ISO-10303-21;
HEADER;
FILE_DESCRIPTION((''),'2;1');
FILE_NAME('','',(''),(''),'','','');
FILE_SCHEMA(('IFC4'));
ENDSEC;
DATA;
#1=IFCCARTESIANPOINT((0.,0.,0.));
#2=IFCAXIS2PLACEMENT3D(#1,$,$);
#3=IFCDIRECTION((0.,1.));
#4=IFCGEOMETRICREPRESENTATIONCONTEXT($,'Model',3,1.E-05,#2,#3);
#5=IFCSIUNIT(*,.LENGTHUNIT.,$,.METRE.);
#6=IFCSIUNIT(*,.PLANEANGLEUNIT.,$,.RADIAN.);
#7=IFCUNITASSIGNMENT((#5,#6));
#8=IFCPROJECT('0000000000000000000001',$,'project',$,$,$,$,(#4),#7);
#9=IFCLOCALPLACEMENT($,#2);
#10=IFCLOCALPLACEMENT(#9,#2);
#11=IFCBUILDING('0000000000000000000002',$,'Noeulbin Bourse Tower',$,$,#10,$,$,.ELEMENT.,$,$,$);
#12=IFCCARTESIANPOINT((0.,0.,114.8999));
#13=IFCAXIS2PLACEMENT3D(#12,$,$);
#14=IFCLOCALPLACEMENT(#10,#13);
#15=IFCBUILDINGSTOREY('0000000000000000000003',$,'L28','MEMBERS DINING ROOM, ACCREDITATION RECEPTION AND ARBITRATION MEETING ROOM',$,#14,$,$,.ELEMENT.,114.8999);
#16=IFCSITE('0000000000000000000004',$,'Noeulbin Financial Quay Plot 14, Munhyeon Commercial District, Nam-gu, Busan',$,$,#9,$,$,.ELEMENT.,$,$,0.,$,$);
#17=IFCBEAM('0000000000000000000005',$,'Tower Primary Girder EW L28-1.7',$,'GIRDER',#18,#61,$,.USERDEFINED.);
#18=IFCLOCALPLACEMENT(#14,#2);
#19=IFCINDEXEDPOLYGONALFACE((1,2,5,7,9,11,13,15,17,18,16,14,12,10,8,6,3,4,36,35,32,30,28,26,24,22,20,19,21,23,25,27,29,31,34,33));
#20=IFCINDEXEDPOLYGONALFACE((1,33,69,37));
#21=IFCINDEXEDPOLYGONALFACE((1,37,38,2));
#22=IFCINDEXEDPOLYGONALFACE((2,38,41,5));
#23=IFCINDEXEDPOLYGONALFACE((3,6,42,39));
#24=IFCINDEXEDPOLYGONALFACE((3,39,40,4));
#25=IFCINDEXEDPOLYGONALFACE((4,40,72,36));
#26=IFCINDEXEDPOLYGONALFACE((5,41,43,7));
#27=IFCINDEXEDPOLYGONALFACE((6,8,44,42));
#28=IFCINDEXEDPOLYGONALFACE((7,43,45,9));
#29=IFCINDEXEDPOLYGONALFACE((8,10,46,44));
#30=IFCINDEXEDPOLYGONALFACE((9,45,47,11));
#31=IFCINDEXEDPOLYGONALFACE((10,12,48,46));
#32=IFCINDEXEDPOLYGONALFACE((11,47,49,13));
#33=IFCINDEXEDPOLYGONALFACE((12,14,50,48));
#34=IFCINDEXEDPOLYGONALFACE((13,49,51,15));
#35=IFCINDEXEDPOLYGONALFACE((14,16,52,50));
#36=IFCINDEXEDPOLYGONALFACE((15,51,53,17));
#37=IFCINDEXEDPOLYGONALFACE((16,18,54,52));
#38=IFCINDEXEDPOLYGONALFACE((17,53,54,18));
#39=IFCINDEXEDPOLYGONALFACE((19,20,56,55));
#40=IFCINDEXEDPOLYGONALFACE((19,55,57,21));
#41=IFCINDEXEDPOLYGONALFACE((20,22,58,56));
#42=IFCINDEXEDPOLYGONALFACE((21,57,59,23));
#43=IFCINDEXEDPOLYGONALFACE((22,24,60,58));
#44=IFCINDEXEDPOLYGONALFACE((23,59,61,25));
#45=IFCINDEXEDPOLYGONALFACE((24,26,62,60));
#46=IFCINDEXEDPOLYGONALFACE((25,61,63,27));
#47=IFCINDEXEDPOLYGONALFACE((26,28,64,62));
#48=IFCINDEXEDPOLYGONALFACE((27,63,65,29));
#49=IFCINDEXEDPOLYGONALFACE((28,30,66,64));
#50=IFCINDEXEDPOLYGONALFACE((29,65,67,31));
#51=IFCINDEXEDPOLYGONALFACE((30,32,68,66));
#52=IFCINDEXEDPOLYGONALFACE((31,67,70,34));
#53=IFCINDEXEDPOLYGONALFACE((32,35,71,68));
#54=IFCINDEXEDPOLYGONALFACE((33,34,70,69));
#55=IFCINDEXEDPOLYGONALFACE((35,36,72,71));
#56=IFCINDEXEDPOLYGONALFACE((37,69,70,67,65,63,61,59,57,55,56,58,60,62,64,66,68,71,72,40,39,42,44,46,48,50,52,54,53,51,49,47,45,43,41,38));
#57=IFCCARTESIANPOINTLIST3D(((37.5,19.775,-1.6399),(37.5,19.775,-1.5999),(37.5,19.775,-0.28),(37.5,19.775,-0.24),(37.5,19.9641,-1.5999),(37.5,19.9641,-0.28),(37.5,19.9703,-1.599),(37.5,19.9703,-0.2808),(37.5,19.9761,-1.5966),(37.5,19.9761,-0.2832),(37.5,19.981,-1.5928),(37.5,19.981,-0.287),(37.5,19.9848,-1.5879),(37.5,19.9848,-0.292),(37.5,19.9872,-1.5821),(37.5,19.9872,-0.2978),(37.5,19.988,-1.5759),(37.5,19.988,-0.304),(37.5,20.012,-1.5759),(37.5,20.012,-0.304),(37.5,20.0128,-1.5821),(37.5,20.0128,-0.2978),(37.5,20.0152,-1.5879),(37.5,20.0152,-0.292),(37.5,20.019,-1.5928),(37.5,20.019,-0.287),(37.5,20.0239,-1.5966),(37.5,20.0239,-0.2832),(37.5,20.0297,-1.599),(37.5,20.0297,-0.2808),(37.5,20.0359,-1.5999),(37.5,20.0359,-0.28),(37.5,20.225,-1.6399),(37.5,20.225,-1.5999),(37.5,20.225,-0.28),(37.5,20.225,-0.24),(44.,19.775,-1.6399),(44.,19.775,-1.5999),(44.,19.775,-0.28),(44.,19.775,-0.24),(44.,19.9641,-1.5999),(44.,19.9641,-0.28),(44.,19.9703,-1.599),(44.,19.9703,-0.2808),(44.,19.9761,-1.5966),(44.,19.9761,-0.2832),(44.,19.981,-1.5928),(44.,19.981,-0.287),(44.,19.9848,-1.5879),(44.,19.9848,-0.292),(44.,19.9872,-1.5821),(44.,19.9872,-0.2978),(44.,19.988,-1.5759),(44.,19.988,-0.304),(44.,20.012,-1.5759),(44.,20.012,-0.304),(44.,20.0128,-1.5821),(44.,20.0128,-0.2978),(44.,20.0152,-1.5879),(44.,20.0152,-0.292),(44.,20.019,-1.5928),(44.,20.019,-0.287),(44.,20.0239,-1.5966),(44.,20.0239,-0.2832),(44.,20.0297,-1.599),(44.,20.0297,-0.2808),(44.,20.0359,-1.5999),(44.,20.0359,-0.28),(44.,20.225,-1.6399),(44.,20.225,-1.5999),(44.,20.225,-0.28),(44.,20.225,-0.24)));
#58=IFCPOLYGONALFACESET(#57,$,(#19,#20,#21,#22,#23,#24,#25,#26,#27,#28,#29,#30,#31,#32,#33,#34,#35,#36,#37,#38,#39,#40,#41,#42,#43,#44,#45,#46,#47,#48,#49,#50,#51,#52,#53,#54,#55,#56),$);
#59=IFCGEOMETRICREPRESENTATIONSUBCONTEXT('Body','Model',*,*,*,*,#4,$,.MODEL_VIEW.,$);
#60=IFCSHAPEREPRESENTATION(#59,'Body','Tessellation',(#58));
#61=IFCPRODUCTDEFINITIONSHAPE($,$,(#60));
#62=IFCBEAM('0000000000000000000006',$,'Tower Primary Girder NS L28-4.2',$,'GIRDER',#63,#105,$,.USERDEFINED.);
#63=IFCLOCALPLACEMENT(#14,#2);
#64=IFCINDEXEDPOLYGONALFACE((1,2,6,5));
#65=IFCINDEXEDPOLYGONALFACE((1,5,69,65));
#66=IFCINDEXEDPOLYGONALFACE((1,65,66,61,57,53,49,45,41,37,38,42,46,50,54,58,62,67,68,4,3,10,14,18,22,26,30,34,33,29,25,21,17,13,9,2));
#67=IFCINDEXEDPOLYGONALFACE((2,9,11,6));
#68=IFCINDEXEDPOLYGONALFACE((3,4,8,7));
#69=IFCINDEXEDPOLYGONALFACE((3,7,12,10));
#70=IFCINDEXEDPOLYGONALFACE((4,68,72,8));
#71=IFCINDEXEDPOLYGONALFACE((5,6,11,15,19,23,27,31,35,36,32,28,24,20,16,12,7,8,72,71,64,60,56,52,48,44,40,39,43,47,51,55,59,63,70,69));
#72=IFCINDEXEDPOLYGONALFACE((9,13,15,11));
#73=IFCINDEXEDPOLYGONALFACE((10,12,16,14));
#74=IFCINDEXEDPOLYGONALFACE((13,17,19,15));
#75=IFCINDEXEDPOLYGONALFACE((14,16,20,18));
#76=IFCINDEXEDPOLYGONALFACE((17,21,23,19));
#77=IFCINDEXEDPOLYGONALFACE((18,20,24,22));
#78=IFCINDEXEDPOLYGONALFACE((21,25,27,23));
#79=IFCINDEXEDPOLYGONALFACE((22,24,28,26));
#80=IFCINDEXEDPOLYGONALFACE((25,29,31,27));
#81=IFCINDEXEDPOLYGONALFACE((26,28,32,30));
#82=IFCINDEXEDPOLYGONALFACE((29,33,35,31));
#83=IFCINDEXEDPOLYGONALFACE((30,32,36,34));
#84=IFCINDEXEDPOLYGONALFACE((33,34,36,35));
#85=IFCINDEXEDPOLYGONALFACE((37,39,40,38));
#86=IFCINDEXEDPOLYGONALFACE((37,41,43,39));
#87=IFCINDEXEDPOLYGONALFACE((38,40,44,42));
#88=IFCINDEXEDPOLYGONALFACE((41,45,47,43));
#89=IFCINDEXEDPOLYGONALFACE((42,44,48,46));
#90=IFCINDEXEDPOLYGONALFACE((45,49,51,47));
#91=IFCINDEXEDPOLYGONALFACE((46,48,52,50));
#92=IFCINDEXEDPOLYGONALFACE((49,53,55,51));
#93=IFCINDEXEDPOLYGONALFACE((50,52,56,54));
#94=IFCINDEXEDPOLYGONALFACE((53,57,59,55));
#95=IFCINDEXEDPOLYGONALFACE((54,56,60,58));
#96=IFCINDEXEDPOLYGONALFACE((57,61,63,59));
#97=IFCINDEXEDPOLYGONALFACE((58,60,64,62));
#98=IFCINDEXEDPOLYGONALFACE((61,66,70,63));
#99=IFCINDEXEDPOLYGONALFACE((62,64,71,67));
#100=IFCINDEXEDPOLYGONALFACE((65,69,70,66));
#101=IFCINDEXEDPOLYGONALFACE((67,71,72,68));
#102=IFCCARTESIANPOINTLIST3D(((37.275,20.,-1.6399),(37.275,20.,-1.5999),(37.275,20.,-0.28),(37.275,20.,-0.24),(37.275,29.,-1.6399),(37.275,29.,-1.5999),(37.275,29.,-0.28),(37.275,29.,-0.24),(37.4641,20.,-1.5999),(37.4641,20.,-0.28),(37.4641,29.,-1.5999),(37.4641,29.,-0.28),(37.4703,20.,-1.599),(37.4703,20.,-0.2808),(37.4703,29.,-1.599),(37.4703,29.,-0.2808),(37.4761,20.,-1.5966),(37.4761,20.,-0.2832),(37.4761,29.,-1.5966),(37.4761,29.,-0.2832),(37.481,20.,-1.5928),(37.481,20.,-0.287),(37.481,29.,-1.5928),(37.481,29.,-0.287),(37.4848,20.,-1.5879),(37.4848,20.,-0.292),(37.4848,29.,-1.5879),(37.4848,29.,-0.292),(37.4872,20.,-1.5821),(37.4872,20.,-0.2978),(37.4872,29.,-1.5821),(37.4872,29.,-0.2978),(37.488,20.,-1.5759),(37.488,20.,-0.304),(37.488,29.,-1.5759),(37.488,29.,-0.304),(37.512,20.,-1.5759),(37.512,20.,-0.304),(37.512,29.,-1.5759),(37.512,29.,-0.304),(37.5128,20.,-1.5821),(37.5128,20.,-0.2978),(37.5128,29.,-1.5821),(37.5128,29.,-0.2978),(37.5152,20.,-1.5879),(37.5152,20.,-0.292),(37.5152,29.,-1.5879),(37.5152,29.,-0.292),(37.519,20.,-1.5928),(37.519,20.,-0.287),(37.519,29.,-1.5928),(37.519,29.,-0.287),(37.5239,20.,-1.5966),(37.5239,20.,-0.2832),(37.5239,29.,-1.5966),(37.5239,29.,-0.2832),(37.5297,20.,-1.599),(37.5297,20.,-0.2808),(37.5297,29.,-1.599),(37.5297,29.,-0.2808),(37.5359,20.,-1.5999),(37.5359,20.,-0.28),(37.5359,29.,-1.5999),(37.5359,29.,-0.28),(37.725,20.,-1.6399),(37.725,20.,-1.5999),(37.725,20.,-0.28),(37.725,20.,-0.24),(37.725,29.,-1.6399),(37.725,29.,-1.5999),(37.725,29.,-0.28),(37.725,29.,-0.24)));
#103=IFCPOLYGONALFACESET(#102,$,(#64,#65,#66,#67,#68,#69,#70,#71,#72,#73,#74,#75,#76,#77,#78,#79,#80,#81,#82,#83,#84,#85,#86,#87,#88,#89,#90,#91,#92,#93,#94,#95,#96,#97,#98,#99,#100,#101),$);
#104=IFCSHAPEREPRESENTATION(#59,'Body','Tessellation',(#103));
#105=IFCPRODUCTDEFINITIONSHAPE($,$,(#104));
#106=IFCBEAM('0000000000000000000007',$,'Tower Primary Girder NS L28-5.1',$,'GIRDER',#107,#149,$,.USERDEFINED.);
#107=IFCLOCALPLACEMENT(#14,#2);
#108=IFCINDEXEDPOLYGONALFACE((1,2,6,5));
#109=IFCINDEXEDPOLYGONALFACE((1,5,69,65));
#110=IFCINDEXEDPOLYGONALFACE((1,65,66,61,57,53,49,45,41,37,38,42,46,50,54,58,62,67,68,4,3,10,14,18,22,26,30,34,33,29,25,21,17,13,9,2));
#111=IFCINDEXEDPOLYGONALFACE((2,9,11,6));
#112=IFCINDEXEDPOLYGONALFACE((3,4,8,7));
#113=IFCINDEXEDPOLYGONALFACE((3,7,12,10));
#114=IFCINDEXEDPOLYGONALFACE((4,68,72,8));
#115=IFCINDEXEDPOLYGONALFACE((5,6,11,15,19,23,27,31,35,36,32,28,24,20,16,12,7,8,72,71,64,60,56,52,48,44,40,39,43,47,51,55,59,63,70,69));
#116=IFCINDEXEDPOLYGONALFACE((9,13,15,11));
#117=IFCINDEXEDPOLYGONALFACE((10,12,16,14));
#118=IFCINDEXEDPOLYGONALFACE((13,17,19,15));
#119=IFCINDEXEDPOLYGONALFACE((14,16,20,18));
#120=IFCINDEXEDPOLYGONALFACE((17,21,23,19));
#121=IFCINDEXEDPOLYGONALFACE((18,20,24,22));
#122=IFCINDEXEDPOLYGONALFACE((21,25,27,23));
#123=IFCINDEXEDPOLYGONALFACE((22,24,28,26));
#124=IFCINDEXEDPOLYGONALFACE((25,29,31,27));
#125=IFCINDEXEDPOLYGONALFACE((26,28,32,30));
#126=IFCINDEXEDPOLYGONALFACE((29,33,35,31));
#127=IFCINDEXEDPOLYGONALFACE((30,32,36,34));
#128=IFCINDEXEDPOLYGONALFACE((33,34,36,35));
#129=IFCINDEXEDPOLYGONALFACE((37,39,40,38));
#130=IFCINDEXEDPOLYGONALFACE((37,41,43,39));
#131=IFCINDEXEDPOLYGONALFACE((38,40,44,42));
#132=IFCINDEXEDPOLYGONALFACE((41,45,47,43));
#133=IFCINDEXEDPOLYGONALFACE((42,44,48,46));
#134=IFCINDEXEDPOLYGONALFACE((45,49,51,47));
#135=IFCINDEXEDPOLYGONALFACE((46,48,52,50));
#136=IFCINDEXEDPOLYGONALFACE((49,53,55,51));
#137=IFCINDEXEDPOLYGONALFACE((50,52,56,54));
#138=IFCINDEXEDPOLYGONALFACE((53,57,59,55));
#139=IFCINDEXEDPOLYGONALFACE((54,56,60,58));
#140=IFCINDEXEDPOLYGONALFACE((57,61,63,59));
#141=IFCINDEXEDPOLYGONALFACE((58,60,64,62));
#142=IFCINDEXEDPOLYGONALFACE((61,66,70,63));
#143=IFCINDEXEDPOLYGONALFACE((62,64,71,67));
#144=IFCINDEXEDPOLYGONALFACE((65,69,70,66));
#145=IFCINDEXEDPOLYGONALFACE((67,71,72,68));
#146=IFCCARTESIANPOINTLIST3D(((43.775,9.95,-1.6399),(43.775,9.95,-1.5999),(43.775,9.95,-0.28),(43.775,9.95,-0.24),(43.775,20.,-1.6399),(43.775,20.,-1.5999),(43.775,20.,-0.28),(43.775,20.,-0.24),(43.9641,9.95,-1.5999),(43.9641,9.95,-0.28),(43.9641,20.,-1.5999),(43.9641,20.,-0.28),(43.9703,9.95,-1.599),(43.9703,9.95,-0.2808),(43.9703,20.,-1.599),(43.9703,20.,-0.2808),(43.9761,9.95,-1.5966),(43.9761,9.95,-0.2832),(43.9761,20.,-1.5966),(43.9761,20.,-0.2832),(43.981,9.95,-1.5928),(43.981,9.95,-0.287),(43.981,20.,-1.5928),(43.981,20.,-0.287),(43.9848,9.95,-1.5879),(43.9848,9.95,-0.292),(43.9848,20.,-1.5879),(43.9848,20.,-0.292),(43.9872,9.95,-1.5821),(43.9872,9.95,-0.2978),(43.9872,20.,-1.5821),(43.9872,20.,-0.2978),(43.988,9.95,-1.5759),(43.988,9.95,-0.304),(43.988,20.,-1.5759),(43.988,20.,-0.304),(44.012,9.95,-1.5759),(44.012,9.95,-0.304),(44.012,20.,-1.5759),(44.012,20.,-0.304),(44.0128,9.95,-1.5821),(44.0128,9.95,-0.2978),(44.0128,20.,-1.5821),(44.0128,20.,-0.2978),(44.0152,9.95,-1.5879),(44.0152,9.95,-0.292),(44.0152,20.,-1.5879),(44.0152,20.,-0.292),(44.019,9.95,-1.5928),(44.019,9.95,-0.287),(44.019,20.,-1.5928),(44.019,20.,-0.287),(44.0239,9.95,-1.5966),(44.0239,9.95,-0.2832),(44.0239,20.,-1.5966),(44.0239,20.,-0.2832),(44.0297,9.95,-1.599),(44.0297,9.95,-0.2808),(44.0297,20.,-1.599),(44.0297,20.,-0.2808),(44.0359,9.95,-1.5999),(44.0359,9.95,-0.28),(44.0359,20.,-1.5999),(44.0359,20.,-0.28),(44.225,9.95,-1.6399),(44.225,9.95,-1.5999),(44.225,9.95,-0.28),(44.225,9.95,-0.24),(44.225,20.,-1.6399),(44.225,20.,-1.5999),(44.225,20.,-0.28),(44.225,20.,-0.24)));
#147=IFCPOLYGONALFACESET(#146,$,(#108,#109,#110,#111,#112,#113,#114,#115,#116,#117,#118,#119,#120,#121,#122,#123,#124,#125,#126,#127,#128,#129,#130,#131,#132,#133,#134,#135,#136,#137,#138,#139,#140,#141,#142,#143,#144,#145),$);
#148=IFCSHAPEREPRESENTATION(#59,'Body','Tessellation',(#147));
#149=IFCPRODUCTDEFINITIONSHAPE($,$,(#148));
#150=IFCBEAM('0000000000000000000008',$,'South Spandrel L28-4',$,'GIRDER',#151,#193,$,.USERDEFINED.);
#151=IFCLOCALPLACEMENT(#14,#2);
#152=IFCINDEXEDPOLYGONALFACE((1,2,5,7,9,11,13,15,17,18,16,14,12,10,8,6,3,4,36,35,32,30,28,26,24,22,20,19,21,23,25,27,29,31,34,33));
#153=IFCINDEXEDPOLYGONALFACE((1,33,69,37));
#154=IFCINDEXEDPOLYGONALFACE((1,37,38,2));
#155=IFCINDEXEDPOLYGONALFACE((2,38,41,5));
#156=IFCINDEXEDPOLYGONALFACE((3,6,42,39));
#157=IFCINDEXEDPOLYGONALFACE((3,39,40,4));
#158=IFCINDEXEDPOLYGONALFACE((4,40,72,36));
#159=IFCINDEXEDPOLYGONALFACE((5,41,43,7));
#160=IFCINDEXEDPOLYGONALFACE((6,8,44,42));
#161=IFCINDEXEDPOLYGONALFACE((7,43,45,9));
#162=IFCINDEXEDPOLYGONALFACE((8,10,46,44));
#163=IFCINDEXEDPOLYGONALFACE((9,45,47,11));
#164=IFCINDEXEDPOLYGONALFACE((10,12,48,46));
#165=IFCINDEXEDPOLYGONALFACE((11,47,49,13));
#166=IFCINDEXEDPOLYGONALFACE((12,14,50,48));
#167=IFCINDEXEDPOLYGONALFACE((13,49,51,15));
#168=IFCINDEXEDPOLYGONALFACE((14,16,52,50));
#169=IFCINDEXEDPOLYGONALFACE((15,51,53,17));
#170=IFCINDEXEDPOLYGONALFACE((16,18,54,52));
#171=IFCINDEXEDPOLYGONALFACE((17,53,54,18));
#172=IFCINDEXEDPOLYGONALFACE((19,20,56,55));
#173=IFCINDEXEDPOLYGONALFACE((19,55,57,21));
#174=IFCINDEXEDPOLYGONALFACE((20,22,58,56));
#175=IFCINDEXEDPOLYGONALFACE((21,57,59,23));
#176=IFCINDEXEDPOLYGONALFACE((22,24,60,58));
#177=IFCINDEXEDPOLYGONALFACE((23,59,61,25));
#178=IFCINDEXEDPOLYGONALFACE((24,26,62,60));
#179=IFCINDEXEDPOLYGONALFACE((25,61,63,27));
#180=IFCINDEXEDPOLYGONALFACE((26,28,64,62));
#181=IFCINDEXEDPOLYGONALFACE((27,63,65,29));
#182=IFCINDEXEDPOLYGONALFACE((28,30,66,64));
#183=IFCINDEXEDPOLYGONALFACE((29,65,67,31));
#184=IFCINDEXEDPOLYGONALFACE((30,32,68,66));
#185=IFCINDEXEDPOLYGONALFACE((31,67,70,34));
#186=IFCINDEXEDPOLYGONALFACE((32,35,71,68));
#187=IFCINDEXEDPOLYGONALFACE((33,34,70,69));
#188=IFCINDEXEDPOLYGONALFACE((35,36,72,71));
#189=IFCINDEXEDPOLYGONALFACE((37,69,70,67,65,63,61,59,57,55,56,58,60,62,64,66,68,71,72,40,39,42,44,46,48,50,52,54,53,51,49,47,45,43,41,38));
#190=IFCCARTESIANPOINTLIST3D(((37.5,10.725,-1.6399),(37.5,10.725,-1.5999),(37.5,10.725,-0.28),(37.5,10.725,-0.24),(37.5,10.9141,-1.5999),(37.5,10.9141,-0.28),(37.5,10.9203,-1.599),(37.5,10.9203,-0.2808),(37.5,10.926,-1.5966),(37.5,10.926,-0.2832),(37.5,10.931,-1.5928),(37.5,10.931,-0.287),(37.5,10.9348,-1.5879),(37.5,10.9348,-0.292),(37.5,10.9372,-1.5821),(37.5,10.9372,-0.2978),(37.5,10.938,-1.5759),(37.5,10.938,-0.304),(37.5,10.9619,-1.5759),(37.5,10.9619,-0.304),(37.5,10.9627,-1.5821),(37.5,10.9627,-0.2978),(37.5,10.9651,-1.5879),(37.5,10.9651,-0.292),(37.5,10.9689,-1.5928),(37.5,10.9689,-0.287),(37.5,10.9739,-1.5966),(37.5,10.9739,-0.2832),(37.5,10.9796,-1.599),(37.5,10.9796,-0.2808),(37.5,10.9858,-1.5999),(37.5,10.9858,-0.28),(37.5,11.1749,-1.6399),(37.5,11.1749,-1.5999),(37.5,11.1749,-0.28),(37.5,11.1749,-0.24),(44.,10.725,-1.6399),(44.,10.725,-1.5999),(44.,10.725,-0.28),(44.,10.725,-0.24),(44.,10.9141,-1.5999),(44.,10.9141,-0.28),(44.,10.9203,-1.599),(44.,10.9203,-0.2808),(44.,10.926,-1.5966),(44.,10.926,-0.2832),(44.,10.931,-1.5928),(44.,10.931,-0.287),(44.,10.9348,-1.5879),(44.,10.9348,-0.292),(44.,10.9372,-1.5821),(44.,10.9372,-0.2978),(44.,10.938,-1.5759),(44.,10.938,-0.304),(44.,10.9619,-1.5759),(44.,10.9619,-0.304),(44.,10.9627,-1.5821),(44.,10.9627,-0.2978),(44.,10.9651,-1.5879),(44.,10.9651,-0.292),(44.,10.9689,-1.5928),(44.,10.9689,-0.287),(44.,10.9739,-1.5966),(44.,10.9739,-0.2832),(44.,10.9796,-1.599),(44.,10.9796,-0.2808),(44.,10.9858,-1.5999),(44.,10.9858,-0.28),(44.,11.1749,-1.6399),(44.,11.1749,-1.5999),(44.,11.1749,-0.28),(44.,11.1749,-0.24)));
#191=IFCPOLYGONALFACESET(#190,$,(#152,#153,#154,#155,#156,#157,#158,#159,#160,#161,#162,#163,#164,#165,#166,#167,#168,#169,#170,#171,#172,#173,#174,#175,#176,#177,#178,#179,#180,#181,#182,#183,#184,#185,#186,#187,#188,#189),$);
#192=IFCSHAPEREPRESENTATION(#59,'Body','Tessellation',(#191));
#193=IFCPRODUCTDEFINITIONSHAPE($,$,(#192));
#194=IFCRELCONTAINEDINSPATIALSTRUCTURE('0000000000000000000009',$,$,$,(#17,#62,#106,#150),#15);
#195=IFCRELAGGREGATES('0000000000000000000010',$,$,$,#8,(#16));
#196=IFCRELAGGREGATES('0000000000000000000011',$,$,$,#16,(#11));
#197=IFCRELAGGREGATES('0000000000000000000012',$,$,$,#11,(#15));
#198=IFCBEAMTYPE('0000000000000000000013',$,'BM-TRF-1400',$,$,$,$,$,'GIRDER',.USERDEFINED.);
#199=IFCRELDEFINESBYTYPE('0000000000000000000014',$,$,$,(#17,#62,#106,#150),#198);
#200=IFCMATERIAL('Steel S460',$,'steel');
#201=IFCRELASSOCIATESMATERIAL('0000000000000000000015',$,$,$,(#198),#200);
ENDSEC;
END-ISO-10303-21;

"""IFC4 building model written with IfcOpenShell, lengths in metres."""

from ifc_helpers import new_model, si_unit, direction, frame, origin, origin_2d, place, context, subcontext, project, spatial, i_section, extrude, material, material_profile, profile_set, type_object, element, save


model = new_model("IFC4")

# Units and contexts
model_context = context("Model", 3, precision=1e-05, world=origin(), true_north=direction((0.0, 1.0)))
body_context = subcontext(model_context, "Body", "Model", "MODEL_VIEW")
ifc_project = project(units=[si_unit("LENGTHUNIT", "METRE"), si_unit("PLANEANGLEUNIT", "RADIAN")], contexts=[model_context])

# Site, building, storey
site_placement = place(None, origin())
site = spatial("IfcSite", under=ifc_project, at=site_placement, Name="Noeulbin Financial Quay Plot 14, Munhyeon Commercial District, Nam-gu, Busan", CompositionType="ELEMENT", RefElevation=0.0)
building_placement = place(site_placement, origin())
building = spatial("IfcBuilding", under=site, at=building_placement, Name="Noeulbin Bourse Tower", CompositionType="ELEMENT")
storey_placement = place(building_placement, frame((0.0, 0.0, 114.8999)))
storey = spatial("IfcBuildingStorey", under=building, at=storey_placement, Name="L28", Description="MEMBERS DINING ROOM, ACCREDITATION RECEPTION AND ARBITRATION MEETING ROOM", CompositionType="ELEMENT", Elevation=114.8999)

# Shared definitions
ifc_material_1 = material(Name="Steel S460", Category="steel")

# Beams
ifc_material_profile_1 = material_profile(ifc_material_1, i_section(OverallWidth=0.45, OverallDepth=1.3999, WebThickness=0.0239, FlangeThickness=0.04, FilletRadius=0.0239, at=origin_2d()), Name="PG-1400x450x24x40", Category="LoadBearing")
ifc_profile_set_1 = profile_set([ifc_material_profile_1], Name="Steel S460")
beam_type_1 = type_object("IfcBeamType", Name="BM-TRF-1400", ElementType="GIRDER", PredefinedType="USERDEFINED", material=ifc_profile_set_1)
beam_1_placement = place(storey_placement, frame((37.5, 20.0, -0.9399), z_axis=(1.0, 0.0, 0.0), x_axis=(0.0, 1.0, 0.0)))
element("IfcBeam", 1, at=beam_1_placement, inside=storey, type_object=beam_type_1, Name="Tower Primary Girder EW L28-1.7", ObjectType="GIRDER", PredefinedType="USERDEFINED", context=body_context, shape_type="SweptSolid", body=[
    extrude(i_section(OverallWidth=0.45, OverallDepth=1.3999, WebThickness=0.0239, FlangeThickness=0.04, FilletRadius=0.0239, at=origin_2d()), origin(), (0.0, 0.0, 1.0), 6.5),
])
beam_2_placement = place(storey_placement, frame((37.5, 20.0, -0.9399), z_axis=(0.0, 1.0, 0.0), x_axis=(-1.0, 0.0, 0.0)))
element("IfcBeam", 2, at=beam_2_placement, inside=storey, type_object=beam_type_1, Name="Tower Primary Girder NS L28-4.2", ObjectType="GIRDER", PredefinedType="USERDEFINED", context=body_context, shape_type="SweptSolid", body=[
    extrude(i_section(OverallWidth=0.45, OverallDepth=1.3999, WebThickness=0.0239, FlangeThickness=0.04, FilletRadius=0.0239, at=origin_2d()), origin(), (0.0, 0.0, 1.0), 9.0),
])
beam_3_placement = place(storey_placement, frame((44.0, 9.95, -0.9399), z_axis=(0.0, 1.0, 0.0), x_axis=(-1.0, 0.0, 0.0)))
element("IfcBeam", 3, at=beam_3_placement, inside=storey, type_object=beam_type_1, Name="Tower Primary Girder NS L28-5.1", ObjectType="GIRDER", PredefinedType="USERDEFINED", context=body_context, shape_type="SweptSolid", body=[
    extrude(i_section(OverallWidth=0.45, OverallDepth=1.3999, WebThickness=0.0239, FlangeThickness=0.04, FilletRadius=0.0239, at=origin_2d()), origin(), (0.0, 0.0, 1.0), 10.05),
])
beam_4_placement = place(storey_placement, frame((37.5, 10.95, -0.9399), z_axis=(1.0, 0.0, 0.0), x_axis=(0.0, 1.0, 0.0)))
element("IfcBeam", 4, at=beam_4_placement, inside=storey, type_object=beam_type_1, Name="South Spandrel L28-4", ObjectType="GIRDER", PredefinedType="USERDEFINED", context=body_context, shape_type="SweptSolid", body=[
    extrude(i_section(OverallWidth=0.45, OverallDepth=1.3999, WebThickness=0.0239, FlangeThickness=0.04, FilletRadius=0.0239, at=origin_2d()), origin(), (0.0, 0.0, 1.0), 6.5),
])

save(model, "model.ifc")
